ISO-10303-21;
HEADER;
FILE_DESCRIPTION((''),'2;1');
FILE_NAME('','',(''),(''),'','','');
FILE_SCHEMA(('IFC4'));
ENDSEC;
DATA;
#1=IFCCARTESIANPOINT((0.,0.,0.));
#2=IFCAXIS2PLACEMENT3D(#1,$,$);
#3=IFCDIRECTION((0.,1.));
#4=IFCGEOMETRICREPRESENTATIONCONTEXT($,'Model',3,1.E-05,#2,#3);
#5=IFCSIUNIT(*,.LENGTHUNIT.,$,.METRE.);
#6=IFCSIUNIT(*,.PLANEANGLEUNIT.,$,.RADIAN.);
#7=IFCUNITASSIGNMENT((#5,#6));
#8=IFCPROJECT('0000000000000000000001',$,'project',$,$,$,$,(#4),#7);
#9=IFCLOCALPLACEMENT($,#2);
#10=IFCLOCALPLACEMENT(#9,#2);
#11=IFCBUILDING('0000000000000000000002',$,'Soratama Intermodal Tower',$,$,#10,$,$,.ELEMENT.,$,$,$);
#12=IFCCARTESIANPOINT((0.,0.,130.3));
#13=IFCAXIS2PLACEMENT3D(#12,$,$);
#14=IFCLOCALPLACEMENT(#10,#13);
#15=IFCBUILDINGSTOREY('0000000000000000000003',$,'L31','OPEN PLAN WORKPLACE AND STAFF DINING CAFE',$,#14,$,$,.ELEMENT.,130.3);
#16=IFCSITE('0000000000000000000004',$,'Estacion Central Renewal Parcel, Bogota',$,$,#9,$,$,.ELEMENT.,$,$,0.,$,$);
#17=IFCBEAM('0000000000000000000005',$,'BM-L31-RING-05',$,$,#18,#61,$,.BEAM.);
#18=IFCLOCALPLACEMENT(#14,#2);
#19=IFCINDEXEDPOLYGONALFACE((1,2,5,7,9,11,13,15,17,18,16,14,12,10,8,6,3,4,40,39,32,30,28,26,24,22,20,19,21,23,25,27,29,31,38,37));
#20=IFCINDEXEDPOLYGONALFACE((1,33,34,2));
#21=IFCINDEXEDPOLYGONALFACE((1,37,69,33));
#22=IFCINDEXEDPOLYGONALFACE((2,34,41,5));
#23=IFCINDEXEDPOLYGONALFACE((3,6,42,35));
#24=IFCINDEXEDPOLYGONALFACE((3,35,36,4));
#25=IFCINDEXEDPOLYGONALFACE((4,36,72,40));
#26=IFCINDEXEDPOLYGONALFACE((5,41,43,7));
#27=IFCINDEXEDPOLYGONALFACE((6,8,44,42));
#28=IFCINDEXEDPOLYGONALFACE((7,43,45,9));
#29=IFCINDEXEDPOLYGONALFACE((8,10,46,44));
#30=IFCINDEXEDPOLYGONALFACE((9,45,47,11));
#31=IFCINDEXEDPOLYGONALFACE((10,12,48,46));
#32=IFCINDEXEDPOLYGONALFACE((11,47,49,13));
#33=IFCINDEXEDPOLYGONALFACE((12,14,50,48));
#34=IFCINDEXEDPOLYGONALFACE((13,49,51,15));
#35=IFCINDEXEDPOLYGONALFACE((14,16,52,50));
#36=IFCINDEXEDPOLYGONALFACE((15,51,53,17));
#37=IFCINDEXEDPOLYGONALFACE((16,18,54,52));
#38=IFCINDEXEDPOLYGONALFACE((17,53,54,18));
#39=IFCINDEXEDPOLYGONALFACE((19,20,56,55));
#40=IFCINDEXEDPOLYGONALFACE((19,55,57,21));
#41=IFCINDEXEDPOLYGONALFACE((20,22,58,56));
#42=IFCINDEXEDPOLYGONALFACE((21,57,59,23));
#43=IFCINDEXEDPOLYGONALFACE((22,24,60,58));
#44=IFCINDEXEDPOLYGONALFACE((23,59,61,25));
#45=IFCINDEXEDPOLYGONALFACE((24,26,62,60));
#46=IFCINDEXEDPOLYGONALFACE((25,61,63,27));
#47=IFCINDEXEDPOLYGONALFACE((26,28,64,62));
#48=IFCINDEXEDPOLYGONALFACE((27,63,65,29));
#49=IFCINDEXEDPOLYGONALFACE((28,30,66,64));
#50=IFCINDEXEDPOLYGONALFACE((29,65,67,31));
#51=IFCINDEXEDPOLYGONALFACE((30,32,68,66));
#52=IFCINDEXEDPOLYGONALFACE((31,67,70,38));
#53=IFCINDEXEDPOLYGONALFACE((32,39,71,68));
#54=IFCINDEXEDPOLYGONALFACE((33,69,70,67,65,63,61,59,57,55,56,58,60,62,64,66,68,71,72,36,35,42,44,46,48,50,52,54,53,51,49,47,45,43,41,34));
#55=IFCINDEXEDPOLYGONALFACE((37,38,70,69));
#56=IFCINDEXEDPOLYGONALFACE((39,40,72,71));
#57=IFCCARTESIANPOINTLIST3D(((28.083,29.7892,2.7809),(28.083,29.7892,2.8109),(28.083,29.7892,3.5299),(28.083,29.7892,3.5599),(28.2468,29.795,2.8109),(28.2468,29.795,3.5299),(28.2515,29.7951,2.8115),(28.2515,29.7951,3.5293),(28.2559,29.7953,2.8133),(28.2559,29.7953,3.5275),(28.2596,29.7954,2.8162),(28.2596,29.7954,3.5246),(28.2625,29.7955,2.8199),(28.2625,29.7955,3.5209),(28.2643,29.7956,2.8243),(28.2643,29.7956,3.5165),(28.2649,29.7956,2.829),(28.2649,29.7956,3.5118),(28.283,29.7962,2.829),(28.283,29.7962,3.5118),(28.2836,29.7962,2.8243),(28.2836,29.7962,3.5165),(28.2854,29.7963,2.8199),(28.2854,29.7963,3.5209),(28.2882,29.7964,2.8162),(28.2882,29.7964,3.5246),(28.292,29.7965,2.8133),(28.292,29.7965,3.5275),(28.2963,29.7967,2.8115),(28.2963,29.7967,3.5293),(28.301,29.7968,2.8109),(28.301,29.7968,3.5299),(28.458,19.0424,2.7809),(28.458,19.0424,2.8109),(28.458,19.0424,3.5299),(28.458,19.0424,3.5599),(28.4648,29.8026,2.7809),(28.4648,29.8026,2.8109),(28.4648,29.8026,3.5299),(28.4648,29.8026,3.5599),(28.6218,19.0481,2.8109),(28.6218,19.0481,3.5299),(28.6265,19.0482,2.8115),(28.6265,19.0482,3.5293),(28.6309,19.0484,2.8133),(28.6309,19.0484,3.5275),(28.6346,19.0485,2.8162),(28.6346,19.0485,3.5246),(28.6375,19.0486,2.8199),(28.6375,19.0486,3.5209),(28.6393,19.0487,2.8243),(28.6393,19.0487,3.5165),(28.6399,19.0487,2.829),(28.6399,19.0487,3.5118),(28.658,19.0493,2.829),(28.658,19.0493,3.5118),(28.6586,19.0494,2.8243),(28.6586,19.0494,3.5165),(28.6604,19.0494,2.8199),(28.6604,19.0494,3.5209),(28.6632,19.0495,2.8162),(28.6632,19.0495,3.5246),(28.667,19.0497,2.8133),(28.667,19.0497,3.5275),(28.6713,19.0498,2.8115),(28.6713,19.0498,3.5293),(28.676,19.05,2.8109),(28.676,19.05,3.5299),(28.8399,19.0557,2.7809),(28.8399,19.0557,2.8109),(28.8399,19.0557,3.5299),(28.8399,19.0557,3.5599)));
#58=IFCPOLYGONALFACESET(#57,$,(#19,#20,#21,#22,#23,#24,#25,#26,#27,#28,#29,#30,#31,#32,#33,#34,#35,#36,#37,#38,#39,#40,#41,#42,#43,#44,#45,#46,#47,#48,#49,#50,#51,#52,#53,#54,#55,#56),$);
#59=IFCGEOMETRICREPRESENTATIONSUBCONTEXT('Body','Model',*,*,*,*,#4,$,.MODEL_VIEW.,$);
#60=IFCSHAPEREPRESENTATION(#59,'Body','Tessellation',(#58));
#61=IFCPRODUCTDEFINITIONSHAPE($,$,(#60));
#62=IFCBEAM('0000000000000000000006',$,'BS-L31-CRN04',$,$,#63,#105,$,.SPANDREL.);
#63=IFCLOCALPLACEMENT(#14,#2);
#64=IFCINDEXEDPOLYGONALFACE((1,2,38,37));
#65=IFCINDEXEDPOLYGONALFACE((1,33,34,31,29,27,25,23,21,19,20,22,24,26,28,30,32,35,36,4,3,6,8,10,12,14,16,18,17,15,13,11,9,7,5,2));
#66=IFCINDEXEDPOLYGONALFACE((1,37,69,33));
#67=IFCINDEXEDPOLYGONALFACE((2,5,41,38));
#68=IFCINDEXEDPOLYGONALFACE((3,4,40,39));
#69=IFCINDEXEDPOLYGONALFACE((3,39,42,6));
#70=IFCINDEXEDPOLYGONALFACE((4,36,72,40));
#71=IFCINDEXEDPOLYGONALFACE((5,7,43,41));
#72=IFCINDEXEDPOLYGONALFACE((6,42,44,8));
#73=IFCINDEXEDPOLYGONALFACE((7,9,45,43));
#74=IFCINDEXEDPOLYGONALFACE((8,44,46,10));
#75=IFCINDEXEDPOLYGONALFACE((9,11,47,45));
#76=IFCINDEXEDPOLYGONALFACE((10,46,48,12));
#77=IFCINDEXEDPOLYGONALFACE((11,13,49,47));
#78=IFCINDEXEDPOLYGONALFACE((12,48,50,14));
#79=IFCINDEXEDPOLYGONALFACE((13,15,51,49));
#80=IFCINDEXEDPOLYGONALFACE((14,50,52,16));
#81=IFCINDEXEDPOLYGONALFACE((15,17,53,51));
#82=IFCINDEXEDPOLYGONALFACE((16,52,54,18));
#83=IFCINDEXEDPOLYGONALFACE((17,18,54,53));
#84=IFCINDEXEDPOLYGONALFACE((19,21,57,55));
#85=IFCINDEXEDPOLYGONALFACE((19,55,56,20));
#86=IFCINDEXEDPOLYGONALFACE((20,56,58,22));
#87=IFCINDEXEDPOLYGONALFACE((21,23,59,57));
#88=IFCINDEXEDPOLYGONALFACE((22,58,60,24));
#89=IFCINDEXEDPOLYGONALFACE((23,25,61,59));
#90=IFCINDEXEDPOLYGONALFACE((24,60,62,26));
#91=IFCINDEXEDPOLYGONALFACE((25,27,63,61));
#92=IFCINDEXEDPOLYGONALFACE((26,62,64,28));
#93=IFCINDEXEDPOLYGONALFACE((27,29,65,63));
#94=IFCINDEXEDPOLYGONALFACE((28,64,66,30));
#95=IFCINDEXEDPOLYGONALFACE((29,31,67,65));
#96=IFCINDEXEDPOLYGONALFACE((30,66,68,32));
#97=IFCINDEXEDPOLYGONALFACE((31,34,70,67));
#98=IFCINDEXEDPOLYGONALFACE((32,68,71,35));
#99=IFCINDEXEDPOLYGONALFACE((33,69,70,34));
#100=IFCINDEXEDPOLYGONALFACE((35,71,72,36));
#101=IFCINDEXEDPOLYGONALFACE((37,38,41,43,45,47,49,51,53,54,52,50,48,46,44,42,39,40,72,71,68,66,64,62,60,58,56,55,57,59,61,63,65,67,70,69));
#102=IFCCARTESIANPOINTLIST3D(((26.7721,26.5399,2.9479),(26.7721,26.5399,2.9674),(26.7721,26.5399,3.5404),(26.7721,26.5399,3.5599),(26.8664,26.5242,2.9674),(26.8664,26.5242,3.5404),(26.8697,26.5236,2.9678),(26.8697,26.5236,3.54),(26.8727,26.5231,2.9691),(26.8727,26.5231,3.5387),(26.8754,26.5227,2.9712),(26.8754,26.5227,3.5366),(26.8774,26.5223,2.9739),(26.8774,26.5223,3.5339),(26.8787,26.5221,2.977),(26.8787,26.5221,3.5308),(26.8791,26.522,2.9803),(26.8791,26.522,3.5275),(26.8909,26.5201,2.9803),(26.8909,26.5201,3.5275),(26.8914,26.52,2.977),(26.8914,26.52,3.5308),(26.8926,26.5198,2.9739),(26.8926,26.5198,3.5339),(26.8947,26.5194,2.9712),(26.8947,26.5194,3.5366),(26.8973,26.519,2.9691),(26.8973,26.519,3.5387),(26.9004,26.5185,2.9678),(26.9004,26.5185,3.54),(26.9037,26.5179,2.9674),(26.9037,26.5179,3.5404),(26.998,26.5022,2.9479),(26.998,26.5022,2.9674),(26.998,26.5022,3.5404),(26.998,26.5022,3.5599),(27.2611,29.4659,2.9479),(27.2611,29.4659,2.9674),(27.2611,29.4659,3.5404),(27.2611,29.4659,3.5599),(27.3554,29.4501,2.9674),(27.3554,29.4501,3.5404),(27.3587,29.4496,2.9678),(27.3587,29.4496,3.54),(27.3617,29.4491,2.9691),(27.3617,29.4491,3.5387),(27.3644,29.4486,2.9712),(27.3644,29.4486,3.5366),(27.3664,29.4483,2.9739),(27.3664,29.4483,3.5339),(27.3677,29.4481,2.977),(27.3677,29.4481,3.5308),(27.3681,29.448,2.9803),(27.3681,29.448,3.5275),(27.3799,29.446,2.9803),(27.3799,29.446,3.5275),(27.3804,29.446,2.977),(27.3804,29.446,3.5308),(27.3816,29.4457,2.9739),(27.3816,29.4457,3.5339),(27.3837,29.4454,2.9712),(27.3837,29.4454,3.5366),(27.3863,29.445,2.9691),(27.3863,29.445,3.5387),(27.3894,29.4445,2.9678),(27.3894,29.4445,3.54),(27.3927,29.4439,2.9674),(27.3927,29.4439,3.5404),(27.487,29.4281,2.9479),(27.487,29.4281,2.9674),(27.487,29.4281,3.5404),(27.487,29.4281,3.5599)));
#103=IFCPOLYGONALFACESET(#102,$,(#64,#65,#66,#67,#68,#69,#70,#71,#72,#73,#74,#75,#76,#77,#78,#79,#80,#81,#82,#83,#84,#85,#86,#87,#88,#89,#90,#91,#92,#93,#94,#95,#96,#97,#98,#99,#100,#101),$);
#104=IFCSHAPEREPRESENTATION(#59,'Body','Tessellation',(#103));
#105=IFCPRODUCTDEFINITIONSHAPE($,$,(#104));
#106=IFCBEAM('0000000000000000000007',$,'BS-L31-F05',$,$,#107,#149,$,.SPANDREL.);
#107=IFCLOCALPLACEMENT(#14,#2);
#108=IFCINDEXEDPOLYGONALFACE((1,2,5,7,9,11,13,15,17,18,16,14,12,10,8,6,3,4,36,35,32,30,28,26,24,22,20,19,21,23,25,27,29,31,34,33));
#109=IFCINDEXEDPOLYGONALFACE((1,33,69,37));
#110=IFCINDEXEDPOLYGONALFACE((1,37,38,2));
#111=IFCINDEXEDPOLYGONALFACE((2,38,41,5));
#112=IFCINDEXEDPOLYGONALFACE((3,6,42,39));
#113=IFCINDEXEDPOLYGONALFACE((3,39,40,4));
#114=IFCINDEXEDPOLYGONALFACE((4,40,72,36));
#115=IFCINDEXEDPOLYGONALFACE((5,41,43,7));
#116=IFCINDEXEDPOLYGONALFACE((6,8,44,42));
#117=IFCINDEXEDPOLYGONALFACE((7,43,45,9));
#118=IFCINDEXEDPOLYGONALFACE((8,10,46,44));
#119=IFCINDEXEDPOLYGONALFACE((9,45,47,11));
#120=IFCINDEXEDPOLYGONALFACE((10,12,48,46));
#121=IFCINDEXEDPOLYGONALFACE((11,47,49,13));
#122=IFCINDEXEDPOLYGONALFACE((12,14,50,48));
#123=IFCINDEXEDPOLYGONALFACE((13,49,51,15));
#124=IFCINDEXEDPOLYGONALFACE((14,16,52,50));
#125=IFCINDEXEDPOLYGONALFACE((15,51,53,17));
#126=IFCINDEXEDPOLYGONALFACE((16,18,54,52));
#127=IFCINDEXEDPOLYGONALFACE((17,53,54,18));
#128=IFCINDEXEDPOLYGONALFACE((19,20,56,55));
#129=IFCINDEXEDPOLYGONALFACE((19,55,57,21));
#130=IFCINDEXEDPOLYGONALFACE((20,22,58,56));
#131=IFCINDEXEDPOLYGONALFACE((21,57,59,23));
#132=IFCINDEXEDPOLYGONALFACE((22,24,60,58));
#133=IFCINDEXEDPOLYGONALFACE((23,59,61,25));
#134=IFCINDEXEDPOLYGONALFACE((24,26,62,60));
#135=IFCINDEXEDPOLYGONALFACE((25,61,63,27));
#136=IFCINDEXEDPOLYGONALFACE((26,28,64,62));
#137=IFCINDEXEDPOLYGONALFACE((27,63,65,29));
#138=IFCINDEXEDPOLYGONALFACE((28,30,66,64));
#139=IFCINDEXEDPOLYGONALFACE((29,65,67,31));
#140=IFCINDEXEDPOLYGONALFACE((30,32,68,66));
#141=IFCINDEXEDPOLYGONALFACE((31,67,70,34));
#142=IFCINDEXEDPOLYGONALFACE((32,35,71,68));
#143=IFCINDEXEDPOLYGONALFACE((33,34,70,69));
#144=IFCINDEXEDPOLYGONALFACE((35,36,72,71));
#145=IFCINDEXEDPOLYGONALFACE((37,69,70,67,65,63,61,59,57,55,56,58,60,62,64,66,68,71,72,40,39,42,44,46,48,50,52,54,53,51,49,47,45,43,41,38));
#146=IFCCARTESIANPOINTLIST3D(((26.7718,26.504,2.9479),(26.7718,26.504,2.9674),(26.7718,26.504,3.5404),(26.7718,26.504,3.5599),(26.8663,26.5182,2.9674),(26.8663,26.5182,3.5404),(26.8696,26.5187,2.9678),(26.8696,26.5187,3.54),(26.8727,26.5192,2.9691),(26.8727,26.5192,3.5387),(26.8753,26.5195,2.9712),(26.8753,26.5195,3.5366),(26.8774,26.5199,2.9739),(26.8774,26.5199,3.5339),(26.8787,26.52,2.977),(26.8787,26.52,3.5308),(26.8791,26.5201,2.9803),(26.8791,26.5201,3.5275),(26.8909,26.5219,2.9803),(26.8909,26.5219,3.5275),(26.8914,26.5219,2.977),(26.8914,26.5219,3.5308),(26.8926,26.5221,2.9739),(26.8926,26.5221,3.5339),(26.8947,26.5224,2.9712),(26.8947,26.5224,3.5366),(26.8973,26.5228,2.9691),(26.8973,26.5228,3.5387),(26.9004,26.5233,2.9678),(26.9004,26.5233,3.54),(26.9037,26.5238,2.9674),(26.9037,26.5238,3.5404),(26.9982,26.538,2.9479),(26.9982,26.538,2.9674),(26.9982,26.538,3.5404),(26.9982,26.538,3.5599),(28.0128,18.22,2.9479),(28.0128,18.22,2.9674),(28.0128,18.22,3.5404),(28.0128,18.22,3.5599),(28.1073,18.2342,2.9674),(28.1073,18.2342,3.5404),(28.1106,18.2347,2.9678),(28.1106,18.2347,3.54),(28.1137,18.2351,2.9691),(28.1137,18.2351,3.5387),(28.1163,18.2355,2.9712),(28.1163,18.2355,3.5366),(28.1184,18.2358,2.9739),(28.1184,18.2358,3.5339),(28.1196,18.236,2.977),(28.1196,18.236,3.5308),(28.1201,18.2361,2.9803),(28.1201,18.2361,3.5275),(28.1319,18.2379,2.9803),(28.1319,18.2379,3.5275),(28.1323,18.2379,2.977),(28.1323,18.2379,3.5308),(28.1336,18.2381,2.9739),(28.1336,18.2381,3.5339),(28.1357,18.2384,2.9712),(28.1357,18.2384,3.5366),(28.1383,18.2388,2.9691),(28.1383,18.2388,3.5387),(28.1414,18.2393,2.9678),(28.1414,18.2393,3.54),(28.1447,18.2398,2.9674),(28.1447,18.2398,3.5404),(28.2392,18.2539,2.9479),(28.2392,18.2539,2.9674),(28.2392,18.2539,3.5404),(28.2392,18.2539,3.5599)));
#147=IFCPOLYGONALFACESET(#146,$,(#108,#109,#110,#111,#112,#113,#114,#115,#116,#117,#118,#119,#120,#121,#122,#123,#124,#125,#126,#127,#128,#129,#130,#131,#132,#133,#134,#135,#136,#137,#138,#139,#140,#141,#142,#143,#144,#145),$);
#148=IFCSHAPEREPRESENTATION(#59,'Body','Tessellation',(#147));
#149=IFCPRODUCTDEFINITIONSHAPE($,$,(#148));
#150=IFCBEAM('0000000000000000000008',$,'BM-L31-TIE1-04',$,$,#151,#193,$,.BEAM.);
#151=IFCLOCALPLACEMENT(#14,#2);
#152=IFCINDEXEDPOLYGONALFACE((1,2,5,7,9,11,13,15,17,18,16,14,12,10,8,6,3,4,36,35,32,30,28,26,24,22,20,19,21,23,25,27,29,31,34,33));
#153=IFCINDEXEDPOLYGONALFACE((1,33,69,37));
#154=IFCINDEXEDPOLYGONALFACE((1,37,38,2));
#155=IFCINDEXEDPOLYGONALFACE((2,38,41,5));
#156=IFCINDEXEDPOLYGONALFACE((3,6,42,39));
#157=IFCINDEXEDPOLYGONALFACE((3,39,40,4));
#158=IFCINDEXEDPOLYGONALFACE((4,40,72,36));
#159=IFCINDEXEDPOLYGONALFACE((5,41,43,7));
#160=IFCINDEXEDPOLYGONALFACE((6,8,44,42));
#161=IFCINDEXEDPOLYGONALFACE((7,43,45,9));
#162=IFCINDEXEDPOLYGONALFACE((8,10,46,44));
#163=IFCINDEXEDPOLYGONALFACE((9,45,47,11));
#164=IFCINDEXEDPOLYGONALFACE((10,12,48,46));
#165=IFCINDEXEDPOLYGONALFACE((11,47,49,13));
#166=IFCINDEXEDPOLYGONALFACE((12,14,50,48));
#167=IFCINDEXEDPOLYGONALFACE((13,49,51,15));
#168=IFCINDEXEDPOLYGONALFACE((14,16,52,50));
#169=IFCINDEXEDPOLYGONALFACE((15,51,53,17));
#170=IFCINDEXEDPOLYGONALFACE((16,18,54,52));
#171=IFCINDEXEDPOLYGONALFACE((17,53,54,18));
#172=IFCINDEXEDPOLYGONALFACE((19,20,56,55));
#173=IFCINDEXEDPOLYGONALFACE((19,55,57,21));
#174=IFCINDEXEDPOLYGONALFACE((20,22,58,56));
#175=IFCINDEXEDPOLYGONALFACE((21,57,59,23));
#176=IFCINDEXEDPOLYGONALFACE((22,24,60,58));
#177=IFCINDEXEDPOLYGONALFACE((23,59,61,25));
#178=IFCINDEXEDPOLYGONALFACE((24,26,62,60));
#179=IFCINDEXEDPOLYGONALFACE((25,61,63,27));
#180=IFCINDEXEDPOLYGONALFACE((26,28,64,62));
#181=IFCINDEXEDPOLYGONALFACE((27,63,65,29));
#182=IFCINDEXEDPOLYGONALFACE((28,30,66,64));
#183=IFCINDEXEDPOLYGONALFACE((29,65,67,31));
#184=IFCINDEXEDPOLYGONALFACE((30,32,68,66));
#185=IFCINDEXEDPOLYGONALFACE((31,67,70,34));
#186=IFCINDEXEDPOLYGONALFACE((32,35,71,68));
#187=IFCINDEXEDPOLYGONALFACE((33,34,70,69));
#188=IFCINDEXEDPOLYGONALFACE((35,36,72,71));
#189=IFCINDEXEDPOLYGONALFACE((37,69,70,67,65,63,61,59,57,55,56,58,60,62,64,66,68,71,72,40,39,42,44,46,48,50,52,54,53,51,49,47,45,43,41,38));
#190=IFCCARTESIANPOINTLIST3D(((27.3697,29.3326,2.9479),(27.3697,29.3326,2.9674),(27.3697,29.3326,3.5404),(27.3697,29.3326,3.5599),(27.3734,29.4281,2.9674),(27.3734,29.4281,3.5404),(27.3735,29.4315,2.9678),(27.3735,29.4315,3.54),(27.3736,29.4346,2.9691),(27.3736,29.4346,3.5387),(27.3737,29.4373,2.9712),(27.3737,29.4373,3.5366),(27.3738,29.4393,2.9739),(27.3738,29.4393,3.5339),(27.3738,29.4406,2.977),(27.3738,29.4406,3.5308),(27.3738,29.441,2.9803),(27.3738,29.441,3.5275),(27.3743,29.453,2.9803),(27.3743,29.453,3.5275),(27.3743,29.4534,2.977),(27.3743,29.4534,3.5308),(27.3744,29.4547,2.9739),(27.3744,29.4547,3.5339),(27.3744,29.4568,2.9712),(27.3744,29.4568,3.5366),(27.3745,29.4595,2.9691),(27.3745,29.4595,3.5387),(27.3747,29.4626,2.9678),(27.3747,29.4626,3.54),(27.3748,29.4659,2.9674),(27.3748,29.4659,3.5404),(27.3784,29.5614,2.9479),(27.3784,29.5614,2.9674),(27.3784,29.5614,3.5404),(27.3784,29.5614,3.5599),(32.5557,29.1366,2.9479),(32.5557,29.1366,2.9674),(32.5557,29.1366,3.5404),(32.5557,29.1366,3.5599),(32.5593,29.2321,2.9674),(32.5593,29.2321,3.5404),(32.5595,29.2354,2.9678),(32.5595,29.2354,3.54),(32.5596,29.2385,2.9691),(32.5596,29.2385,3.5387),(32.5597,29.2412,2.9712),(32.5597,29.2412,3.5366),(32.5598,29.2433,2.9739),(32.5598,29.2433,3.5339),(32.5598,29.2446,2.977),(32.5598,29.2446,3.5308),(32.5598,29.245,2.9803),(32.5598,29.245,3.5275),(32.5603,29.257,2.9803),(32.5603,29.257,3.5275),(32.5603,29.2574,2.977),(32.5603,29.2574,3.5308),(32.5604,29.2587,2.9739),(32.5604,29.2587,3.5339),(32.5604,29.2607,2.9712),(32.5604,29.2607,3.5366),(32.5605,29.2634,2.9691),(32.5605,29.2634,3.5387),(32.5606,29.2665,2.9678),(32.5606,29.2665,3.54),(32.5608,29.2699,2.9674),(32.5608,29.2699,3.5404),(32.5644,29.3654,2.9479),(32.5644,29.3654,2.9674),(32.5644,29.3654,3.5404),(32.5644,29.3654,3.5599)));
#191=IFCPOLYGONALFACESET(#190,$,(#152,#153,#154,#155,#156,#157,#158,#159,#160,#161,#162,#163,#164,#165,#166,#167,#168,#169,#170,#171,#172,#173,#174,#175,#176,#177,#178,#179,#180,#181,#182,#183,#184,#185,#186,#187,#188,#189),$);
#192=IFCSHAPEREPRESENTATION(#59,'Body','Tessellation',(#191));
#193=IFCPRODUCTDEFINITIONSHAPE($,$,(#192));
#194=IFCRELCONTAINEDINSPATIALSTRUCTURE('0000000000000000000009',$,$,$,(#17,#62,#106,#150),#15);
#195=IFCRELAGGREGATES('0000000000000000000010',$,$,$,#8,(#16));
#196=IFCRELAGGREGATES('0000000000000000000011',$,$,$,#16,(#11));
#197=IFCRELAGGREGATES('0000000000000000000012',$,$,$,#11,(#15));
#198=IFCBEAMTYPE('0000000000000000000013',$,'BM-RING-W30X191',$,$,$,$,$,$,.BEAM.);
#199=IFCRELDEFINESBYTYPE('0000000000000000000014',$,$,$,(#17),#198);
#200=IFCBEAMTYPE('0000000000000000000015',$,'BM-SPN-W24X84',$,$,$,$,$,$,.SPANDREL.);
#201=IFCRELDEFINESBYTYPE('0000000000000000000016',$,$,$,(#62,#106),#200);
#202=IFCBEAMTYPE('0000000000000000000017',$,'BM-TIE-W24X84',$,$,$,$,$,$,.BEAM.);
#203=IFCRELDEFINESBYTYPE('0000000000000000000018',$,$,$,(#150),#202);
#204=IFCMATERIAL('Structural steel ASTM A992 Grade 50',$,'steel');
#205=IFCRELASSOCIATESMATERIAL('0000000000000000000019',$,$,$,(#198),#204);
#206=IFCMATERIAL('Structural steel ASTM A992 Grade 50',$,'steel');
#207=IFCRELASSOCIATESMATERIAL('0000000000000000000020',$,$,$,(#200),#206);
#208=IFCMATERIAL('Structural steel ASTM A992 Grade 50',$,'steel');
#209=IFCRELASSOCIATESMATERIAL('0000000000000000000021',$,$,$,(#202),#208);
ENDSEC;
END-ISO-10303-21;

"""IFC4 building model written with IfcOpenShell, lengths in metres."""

from ifc_helpers import new_model, si_unit, direction, frame, origin, origin_2d, place, context, subcontext, project, spatial, i_section, extrude, material, material_profile, profile_set, type_object, element, save


model = new_model("IFC4")

# Units and contexts
model_context = context("Model", 3, precision=1e-05, world=origin(), true_north=direction((0.0, 1.0)))
body_context = subcontext(model_context, "Body", "Model", "MODEL_VIEW")
ifc_project = project(units=[si_unit("LENGTHUNIT", "METRE"), si_unit("PLANEANGLEUNIT", "RADIAN")], contexts=[model_context])

# Site, building, storey
site_placement = place(None, origin())
site = spatial("IfcSite", under=ifc_project, at=site_placement, Name="Estacion Central Renewal Parcel, Bogota", CompositionType="ELEMENT", RefElevation=0.0)
building_placement = place(site_placement, origin())
building = spatial("IfcBuilding", under=site, at=building_placement, Name="Soratama Intermodal Tower", CompositionType="ELEMENT")
storey_placement = place(building_placement, frame((0.0, 0.0, 130.3)))
storey = spatial("IfcBuildingStorey", under=building, at=storey_placement, Name="L31", Description="OPEN PLAN WORKPLACE AND STAFF DINING CAFE", CompositionType="ELEMENT", Elevation=130.3)

# Beams
ifc_material_1 = material(Name="Structural steel ASTM A992 Grade 50", Category="steel")
ifc_material_profile_1 = material_profile(ifc_material_1, i_section(OverallWidth=0.3821, OverallDepth=0.7791, WebThickness=0.0181, FlangeThickness=0.03, FilletRadius=0.0181, at=origin_2d()), Name="W30X191")
ifc_profile_set_1 = profile_set([ifc_material_profile_1], Name="Structural steel ASTM A992 Grade 50")
beam_type_1 = type_object("IfcBeamType", Name="BM-RING-W30X191", PredefinedType="BEAM", material=ifc_profile_set_1)
beam_1_placement = place(storey_placement, frame((28.2739, 29.7959, 3.1704), z_axis=(0.034873, -0.999392, 0.0), x_axis=(0.999392, 0.034873, 0.0)))
element("IfcBeam", 1, at=beam_1_placement, inside=storey, type_object=beam_type_1, Name="BM-L31-RING-05", PredefinedType="BEAM", context=body_context, shape_type="SweptSolid", body=[
    extrude(i_section(OverallWidth=0.3821, OverallDepth=0.7791, WebThickness=0.0181, FlangeThickness=0.03, FilletRadius=0.0181, at=origin_2d()), origin(), (0.0, 0.0, 1.0), 10.7534),
])
ifc_material_2 = material(Name="Structural steel ASTM A992 Grade 50", Category="steel")
ifc_material_profile_2 = material_profile(ifc_material_2, i_section(OverallWidth=0.229, OverallDepth=0.6121, WebThickness=0.012, FlangeThickness=0.0195, FilletRadius=0.0129, at=origin_2d()), Name="W24X84")
ifc_profile_set_2 = profile_set([ifc_material_profile_2], Name="Structural steel ASTM A992 Grade 50")
beam_type_2 = type_object("IfcBeamType", Name="BM-SPN-W24X84", PredefinedType="SPANDREL", material=ifc_profile_set_2)
beam_2_placement = place(storey_placement, frame((27.374, 29.447, 3.2539), z_axis=(-0.164839, -0.98632, 0.0), x_axis=(0.98632, -0.164839, 0.0)))
element("IfcBeam", 2, at=beam_2_placement, inside=storey, type_object=beam_type_2, Name="BS-L31-CRN04", PredefinedType="SPANDREL", context=body_context, shape_type="SweptSolid", body=[
    extrude(i_section(OverallWidth=0.229, OverallDepth=0.6121, WebThickness=0.012, FlangeThickness=0.0195, FilletRadius=0.0129, at=origin_2d()), origin(), (0.0, 0.0, 1.0), 2.9666),
])
beam_3_placement = place(storey_placement, frame((26.885, 26.521, 3.2539), z_axis=(0.148151, -0.988965, 0.0), x_axis=(0.988965, 0.148151, 0.0)))
element("IfcBeam", 3, at=beam_3_placement, inside=storey, type_object=beam_type_2, Name="BS-L31-F05", PredefinedType="SPANDREL", context=body_context, shape_type="SweptSolid", body=[
    extrude(i_section(OverallWidth=0.229, OverallDepth=0.6121, WebThickness=0.012, FlangeThickness=0.0195, FilletRadius=0.0129, at=origin_2d()), origin(), (0.0, 0.0, 1.0), 8.3765),
])
ifc_material_3 = material(Name="Structural steel ASTM A992 Grade 50", Category="steel")
ifc_material_profile_3 = material_profile(ifc_material_3, i_section(OverallWidth=0.229, OverallDepth=0.6121, WebThickness=0.012, FlangeThickness=0.0195, FilletRadius=0.0129, at=origin_2d()), Name="W24X84")
ifc_profile_set_3 = profile_set([ifc_material_profile_3], Name="Structural steel ASTM A992 Grade 50")
beam_type_3 = type_object("IfcBeamType", Name="BM-TIE-W24X84", PredefinedType="BEAM", material=ifc_profile_set_3)
beam_4_placement = place(storey_placement, frame((32.5601, 29.251, 3.2539), z_axis=(-0.999286, 0.037775, 0.0), x_axis=(-0.037775, -0.999286, 0.0)))
element("IfcBeam", 4, at=beam_4_placement, inside=storey, type_object=beam_type_3, Name="BM-L31-TIE1-04", PredefinedType="BEAM", context=body_context, shape_type="SweptSolid", body=[
    extrude(i_section(OverallWidth=0.229, OverallDepth=0.6121, WebThickness=0.012, FlangeThickness=0.0195, FilletRadius=0.0129, at=origin_2d()), origin(), (0.0, 0.0, 1.0), 5.1897),
])

save(model, "model.ifc")
